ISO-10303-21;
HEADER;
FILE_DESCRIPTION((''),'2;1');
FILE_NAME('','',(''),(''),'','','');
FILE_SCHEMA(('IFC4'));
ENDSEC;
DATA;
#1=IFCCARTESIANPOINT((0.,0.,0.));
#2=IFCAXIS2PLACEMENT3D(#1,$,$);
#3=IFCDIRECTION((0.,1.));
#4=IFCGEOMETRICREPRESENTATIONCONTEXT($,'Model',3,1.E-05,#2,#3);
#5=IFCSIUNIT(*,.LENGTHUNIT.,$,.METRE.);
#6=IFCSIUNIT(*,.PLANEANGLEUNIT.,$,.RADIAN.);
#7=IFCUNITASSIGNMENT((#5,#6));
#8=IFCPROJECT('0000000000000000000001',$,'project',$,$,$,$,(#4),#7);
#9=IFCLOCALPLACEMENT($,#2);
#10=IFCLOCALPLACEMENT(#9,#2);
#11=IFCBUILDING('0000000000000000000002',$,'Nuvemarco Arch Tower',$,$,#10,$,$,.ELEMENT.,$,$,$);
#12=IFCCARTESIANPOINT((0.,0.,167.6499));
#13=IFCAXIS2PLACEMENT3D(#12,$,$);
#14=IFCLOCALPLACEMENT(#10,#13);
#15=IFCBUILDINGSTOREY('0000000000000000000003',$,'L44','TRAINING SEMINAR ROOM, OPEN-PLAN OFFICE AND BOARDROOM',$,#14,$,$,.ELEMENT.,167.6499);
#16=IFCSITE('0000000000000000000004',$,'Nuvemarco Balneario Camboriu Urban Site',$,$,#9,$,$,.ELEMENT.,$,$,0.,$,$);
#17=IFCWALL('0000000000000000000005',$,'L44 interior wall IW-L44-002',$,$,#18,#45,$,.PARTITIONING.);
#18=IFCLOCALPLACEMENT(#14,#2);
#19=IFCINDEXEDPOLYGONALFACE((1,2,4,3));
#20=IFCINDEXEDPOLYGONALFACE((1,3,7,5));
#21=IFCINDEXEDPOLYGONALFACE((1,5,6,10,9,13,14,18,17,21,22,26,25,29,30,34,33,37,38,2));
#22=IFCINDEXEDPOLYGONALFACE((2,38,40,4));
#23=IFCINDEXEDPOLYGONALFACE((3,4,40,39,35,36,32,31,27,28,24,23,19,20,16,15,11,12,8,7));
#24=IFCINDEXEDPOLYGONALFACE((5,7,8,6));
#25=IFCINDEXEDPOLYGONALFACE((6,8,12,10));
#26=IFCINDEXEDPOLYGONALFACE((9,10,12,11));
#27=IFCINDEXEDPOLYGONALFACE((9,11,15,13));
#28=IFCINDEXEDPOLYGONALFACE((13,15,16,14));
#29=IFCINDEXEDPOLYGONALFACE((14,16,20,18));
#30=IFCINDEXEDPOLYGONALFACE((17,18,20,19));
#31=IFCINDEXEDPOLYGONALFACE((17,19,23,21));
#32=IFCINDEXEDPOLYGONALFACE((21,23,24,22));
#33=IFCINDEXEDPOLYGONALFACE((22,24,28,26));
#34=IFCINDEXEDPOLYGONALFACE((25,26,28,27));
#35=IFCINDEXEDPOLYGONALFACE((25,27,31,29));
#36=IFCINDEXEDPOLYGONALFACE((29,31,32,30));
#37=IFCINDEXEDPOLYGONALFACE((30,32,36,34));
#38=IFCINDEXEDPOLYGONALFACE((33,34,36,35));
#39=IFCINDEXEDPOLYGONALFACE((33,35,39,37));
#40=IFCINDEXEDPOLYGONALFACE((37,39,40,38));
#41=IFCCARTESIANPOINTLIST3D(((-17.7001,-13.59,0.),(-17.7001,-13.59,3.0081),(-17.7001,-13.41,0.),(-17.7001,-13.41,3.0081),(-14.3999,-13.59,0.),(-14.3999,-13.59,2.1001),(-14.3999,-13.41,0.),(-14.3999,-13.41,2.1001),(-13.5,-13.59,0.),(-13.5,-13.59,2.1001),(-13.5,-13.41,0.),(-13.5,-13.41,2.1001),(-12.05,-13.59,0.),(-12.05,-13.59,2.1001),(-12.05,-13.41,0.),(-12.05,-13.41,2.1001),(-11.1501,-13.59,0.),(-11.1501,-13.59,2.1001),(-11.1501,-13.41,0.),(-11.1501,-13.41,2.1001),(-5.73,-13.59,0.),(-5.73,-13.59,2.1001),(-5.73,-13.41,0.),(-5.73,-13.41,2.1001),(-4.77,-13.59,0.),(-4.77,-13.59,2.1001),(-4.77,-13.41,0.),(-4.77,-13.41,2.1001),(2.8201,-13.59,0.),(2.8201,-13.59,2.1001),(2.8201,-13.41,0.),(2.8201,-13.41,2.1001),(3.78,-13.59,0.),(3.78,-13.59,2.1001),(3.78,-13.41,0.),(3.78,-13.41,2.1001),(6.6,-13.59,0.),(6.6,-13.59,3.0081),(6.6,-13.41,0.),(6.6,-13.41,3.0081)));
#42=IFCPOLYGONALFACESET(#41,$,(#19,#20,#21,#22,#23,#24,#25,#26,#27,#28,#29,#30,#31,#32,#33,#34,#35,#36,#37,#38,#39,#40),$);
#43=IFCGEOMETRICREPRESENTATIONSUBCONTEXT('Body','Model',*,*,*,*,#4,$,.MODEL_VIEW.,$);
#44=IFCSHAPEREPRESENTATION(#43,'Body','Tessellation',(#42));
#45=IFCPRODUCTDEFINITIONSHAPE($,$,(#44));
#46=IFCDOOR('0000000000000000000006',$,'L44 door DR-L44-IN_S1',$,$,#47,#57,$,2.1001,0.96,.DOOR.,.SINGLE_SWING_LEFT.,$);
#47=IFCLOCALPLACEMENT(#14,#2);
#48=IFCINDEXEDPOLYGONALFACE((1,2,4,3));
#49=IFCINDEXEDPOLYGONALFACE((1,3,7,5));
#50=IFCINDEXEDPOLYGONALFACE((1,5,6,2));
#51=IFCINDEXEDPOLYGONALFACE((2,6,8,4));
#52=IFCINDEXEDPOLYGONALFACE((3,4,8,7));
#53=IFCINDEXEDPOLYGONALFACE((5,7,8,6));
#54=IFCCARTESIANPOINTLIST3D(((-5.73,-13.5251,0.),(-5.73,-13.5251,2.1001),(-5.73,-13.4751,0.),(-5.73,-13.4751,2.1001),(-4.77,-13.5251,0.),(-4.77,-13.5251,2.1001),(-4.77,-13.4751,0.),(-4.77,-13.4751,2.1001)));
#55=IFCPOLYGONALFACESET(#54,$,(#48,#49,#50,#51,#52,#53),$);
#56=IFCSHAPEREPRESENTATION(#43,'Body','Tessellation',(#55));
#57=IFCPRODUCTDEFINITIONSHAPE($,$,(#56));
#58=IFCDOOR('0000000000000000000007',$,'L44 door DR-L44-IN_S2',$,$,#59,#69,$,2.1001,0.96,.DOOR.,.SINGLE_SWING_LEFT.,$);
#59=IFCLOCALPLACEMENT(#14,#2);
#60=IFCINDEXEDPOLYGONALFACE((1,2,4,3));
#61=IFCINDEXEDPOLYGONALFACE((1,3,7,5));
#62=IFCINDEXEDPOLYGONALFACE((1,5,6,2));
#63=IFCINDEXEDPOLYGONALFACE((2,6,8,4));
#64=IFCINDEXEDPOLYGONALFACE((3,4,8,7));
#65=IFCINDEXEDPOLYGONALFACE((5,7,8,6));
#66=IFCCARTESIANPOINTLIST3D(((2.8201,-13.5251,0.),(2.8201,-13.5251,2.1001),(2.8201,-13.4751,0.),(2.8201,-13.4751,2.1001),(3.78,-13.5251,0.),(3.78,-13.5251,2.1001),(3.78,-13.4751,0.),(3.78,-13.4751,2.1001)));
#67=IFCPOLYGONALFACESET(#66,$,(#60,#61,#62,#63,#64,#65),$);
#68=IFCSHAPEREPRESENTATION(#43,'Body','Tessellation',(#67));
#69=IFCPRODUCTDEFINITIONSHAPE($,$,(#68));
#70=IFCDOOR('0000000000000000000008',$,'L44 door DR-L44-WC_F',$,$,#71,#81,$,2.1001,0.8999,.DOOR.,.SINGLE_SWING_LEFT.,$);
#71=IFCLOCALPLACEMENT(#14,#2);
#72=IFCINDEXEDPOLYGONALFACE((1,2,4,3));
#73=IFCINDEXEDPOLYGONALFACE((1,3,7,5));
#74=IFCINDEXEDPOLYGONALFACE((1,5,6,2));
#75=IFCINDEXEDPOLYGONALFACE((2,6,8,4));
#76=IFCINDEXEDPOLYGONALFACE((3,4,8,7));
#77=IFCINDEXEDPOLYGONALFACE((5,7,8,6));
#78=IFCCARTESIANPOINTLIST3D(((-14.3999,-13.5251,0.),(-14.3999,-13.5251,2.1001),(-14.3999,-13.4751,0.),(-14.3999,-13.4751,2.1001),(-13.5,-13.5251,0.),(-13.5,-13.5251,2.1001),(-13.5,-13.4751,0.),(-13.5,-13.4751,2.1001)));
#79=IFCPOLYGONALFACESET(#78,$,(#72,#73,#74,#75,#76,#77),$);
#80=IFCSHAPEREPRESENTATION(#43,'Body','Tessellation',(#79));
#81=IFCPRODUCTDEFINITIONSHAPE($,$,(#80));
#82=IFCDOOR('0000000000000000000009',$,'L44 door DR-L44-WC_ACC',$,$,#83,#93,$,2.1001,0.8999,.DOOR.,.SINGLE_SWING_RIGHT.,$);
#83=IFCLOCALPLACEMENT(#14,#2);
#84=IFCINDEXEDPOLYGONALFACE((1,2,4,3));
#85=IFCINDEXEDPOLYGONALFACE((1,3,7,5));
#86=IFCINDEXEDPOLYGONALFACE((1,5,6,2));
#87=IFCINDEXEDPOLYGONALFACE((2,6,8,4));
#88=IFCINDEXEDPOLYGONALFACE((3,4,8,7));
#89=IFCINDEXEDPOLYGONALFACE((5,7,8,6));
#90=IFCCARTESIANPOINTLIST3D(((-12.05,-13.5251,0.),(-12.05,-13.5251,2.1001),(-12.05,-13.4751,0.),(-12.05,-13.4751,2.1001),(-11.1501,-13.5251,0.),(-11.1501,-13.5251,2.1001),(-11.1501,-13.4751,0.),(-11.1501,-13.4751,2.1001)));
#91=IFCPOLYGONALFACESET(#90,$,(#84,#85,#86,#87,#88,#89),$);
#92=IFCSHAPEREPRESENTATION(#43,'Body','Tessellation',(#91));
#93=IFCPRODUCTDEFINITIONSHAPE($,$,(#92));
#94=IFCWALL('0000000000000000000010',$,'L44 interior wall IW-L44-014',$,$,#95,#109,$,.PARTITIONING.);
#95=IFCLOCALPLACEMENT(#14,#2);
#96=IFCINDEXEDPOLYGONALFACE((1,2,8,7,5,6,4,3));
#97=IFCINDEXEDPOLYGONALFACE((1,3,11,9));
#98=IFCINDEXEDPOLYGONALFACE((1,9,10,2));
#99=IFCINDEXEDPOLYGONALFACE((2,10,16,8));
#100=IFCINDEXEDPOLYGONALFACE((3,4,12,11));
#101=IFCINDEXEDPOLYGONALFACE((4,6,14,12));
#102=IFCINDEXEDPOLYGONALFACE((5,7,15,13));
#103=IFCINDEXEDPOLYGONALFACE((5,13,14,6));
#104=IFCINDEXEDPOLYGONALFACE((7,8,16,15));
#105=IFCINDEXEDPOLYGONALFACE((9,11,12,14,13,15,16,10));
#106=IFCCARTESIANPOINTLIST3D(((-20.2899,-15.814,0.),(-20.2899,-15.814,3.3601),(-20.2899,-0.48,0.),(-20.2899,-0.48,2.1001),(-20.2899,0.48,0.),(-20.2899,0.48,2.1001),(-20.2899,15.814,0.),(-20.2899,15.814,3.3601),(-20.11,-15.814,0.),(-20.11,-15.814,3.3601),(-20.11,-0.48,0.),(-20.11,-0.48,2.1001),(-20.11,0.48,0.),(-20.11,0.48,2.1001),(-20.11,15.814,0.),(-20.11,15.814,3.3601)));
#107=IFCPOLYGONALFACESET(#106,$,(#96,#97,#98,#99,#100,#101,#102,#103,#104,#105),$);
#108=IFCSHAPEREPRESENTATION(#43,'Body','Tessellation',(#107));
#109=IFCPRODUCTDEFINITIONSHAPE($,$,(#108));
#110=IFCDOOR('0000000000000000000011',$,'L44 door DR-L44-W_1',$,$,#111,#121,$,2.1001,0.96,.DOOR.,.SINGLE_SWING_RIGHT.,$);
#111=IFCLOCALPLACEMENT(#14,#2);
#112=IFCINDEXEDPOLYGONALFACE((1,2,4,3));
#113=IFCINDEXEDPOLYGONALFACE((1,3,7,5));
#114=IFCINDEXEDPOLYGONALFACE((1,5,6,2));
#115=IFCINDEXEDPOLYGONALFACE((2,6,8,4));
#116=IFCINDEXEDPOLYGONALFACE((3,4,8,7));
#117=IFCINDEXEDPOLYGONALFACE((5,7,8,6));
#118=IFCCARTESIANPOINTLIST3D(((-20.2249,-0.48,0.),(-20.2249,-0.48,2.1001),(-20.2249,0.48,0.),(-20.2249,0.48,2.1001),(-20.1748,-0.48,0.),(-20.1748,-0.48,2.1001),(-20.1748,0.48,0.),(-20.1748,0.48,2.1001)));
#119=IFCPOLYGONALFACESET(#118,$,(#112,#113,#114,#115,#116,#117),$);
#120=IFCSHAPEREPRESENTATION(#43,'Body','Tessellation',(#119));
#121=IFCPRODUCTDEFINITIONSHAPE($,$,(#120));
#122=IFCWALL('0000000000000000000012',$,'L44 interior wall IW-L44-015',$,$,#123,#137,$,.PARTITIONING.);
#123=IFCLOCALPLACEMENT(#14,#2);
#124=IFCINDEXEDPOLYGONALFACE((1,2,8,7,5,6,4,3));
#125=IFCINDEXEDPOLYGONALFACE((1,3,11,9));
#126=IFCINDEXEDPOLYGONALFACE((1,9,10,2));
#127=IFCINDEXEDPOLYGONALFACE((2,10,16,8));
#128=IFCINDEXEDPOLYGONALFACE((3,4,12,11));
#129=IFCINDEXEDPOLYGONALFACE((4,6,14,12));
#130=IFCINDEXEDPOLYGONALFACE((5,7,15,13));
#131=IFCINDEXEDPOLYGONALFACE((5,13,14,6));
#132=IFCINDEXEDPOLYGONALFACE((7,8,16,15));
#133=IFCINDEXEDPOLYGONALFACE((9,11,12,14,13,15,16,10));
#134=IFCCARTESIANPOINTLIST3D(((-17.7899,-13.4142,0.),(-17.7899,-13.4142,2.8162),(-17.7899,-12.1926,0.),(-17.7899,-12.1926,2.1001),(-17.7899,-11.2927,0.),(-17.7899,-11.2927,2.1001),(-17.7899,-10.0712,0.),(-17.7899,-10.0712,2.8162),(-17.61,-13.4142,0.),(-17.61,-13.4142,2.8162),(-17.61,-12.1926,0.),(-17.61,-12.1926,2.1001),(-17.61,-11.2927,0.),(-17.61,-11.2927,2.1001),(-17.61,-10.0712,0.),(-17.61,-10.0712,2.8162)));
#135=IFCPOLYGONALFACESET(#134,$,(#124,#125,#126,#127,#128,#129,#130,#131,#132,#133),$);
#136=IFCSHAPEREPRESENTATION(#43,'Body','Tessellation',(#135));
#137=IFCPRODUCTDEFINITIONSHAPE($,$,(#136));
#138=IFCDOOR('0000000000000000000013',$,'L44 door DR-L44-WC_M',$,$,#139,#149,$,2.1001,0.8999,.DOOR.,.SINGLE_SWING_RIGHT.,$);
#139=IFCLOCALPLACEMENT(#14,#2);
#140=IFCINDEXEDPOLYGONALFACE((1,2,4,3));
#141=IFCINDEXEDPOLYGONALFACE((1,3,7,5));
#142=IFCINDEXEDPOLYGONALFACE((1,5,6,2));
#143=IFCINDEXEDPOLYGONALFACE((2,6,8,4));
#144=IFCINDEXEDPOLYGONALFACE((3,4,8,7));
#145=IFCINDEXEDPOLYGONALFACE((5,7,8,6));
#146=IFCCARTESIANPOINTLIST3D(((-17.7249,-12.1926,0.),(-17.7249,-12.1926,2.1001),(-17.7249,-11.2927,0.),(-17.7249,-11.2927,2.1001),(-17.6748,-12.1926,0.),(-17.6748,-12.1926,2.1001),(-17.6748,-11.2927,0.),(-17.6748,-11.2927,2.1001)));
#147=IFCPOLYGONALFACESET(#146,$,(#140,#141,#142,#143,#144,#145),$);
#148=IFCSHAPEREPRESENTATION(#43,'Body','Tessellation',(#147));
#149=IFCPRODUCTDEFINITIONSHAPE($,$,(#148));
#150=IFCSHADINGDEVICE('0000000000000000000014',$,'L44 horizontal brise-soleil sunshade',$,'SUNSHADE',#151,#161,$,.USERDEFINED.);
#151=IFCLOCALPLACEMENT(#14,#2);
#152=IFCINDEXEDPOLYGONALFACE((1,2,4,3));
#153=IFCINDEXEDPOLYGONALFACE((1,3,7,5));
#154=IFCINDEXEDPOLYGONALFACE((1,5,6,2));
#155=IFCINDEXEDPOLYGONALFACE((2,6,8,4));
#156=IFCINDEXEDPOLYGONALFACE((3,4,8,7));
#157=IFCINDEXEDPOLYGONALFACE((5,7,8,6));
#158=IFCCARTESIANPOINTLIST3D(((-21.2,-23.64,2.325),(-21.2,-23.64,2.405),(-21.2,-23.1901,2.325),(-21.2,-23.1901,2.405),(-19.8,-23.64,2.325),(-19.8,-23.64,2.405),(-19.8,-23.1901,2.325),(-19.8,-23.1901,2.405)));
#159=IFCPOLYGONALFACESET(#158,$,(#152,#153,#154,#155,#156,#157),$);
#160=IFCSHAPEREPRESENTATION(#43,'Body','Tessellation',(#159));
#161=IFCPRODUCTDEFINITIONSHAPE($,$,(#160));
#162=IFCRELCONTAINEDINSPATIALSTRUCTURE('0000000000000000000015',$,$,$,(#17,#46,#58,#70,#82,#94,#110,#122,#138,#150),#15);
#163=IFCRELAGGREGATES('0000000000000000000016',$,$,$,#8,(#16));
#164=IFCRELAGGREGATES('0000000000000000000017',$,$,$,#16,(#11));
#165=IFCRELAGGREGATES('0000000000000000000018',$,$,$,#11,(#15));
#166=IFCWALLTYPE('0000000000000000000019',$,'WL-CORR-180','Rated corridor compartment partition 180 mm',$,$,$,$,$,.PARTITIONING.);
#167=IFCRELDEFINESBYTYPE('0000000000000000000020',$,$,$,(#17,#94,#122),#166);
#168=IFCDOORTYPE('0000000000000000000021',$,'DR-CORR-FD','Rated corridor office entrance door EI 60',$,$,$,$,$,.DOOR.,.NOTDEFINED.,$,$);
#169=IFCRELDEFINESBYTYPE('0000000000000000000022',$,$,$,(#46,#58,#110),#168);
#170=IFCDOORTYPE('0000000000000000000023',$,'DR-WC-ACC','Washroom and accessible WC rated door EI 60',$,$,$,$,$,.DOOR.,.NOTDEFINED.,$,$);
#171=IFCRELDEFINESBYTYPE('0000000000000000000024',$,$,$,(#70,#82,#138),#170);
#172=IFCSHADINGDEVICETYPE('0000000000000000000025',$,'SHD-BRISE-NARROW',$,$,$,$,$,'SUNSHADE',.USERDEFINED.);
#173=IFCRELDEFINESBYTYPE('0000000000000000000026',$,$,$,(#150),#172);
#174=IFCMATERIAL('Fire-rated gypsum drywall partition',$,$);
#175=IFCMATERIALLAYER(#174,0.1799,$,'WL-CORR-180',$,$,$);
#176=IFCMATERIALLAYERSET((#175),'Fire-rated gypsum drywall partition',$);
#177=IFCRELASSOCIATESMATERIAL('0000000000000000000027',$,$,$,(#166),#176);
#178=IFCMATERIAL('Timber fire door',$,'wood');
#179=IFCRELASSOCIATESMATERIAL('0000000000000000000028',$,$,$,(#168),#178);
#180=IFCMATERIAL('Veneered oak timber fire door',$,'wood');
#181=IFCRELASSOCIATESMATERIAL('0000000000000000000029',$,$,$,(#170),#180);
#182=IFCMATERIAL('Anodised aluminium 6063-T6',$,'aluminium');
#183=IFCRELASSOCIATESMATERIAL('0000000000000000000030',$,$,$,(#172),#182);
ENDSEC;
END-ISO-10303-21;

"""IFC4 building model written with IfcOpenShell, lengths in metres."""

from ifc_helpers import new_model, si_unit, direction, frame, frame_2d, origin, origin_2d, place, context, subcontext, project, spatial, rectangle, extrude, source, transform, mapped, material, layer, layer_set, type_object, type_shapes, element, fill, save


model = new_model("IFC4")

# Units and contexts
model_context = context("Model", 3, precision=1e-05, world=origin(), true_north=direction((0.0, 1.0)))
body_context = subcontext(model_context, "Body", "Model", "MODEL_VIEW")
ifc_project = project(units=[si_unit("LENGTHUNIT", "METRE"), si_unit("PLANEANGLEUNIT", "RADIAN")], contexts=[model_context])

# Site, building, storey
site_placement = place(None, origin())
site = spatial("IfcSite", under=ifc_project, at=site_placement, Name="Nuvemarco Balneario Camboriu Urban Site", CompositionType="ELEMENT", RefElevation=0.0)
building_placement = place(site_placement, origin())
building = spatial("IfcBuilding", under=site, at=building_placement, Name="Nuvemarco Arch Tower", CompositionType="ELEMENT")
storey_placement = place(building_placement, frame((0.0, 0.0, 167.6499)))
storey = spatial("IfcBuildingStorey", under=building, at=storey_placement, Name="L44", Description="TRAINING SEMINAR ROOM, OPEN-PLAN OFFICE AND BOARDROOM", CompositionType="ELEMENT", Elevation=167.6499)

# Wall, openings, doors
ifc_material_1 = material(Name="Fire-rated gypsum drywall partition")
ifc_layer_1 = layer(ifc_material_1, 0.1799, Name="WL-CORR-180")
ifc_layer_set_1 = layer_set([ifc_layer_1], Name="Fire-rated gypsum drywall partition")
wall_type_1 = type_object("IfcWallType", Name="WL-CORR-180", Description="Rated corridor compartment partition 180 mm", PredefinedType="PARTITIONING", material=ifc_layer_set_1)
ifc_material_2 = material(Name="Timber fire door", Category="wood")
door_type_1 = type_object("IfcDoorType", Name="DR-CORR-FD", Description="Rated corridor office entrance door EI 60", OperationType="NOTDEFINED", PredefinedType="DOOR", material=ifc_material_2)
shared_shape_1 = source(origin(), body_context, "Body", "SweptSolid", [
    extrude(rectangle(XDim=0.96, YDim=2.1001, at=frame_2d((0.48, 1.05))), frame((0.0, 0.0249, 0.0), z_axis=(0.0, -1.0, 0.0), x_axis=(1.0, 0.0, 0.0)), (0.0, 0.0, 1.0), 0.05),
])
type_shapes(door_type_1, [shared_shape_1])
wall_1_placement = place(storey_placement, frame((-17.7, -13.5, 0.0), z_axis=(0.0, 0.0, 1.0), x_axis=(1.0, 0.0, 0.0)))
wall_1 = element("IfcWall", 1, at=wall_1_placement, inside=storey, type_object=wall_type_1, Name="L44 interior wall IW-L44-002", PredefinedType="PARTITIONING", context=body_context, shape_type="SweptSolid", body=[
    extrude(rectangle(XDim=24.3, YDim=0.1799, at=frame_2d((12.1499, 0.0))), origin(), (0.0, 0.0, 1.0), 3.0081),
])
opening_1_placement = place(wall_1_placement, frame((11.97, 0.0, 0.0)))
opening_1 = element("IfcOpeningElement", 2, at=opening_1_placement, cuts=wall_1, PredefinedType="OPENING", context=body_context, shape_type="SweptSolid", body=[
    extrude(rectangle(XDim=0.96, YDim=2.1001, at=frame_2d((0.48, 1.05))), frame((0.0, 0.0999, 0.0), z_axis=(0.0, -1.0, 0.0), x_axis=(1.0, 0.0, 0.0)), (0.0, 0.0, 1.0), 0.2),
])
opening_2_placement = place(wall_1_placement, frame((20.52, 0.0, 0.0)))
opening_2 = element("IfcOpeningElement", 3, at=opening_2_placement, cuts=wall_1, PredefinedType="OPENING", context=body_context, shape_type="SweptSolid", body=[
    extrude(rectangle(XDim=0.96, YDim=2.1001, at=frame_2d((0.48, 1.05))), frame((0.0, 0.0999, 0.0), z_axis=(0.0, -1.0, 0.0), x_axis=(1.0, 0.0, 0.0)), (0.0, 0.0, 1.0), 0.2),
])
opening_3_placement = place(wall_1_placement, frame((3.3, 0.0, 0.0)))
opening_3 = element("IfcOpeningElement", 4, at=opening_3_placement, cuts=wall_1, PredefinedType="OPENING", context=body_context, shape_type="SweptSolid", body=[
    extrude(rectangle(XDim=0.8999, YDim=2.1001, at=frame_2d((0.45, 1.05))), frame((0.0, 0.0999, 0.0), z_axis=(0.0, -1.0, 0.0), x_axis=(1.0, 0.0, 0.0)), (0.0, 0.0, 1.0), 0.2),
])
opening_4_placement = place(wall_1_placement, frame((5.6499, 0.0, 0.0)))
opening_4 = element("IfcOpeningElement", 5, at=opening_4_placement, cuts=wall_1, PredefinedType="OPENING", context=body_context, shape_type="SweptSolid", body=[
    extrude(rectangle(XDim=0.8999, YDim=2.1001, at=frame_2d((0.45, 1.05))), frame((0.0, 0.0999, 0.0), z_axis=(0.0, -1.0, 0.0), x_axis=(1.0, 0.0, 0.0)), (0.0, 0.0, 1.0), 0.2),
])
door_1_placement = place(opening_1_placement, origin())
door_1 = element("IfcDoor", 6, at=door_1_placement, inside=storey, type_object=door_type_1, Name="L44 door DR-L44-IN_S1", OperationType="SINGLE_SWING_LEFT", OverallHeight=2.1001, OverallWidth=0.96, PredefinedType="DOOR", context=body_context, shape_type="MappedRepresentation", body=[
    mapped(shared_shape_1, transform((0.0, 0.0, 0.0), scale=1.0)),
])
fill(opening_1, door_1)
door_2_placement = place(opening_2_placement, origin())
door_2 = element("IfcDoor", 7, at=door_2_placement, inside=storey, type_object=door_type_1, Name="L44 door DR-L44-IN_S2", OperationType="SINGLE_SWING_LEFT", OverallHeight=2.1001, OverallWidth=0.96, PredefinedType="DOOR", context=body_context, shape_type="MappedRepresentation", body=[
    mapped(shared_shape_1, transform((0.0, 0.0, 0.0), scale=1.0)),
])
fill(opening_2, door_2)
ifc_material_3 = material(Name="Veneered oak timber fire door", Category="wood")
door_type_2 = type_object("IfcDoorType", Name="DR-WC-ACC", Description="Washroom and accessible WC rated door EI 60", OperationType="NOTDEFINED", PredefinedType="DOOR", material=ifc_material_3)
shared_shape_2 = source(origin(), body_context, "Body", "SweptSolid", [
    extrude(rectangle(XDim=0.8999, YDim=2.1001, at=frame_2d((0.45, 1.05))), frame((0.0, 0.0249, 0.0), z_axis=(0.0, -1.0, 0.0), x_axis=(1.0, 0.0, 0.0)), (0.0, 0.0, 1.0), 0.05),
])
type_shapes(door_type_2, [shared_shape_2])
door_3_placement = place(opening_3_placement, origin())
door_3 = element("IfcDoor", 8, at=door_3_placement, inside=storey, type_object=door_type_2, Name="L44 door DR-L44-WC_F", OperationType="SINGLE_SWING_LEFT", OverallHeight=2.1001, OverallWidth=0.8999, PredefinedType="DOOR", context=body_context, shape_type="MappedRepresentation", body=[
    mapped(shared_shape_2, transform((0.0, 0.0, 0.0), scale=1.0)),
])
fill(opening_3, door_3)
door_4_placement = place(opening_4_placement, origin())
door_4 = element("IfcDoor", 9, at=door_4_placement, inside=storey, type_object=door_type_2, Name="L44 door DR-L44-WC_ACC", OperationType="SINGLE_SWING_RIGHT", OverallHeight=2.1001, OverallWidth=0.8999, PredefinedType="DOOR", context=body_context, shape_type="MappedRepresentation", body=[
    mapped(shared_shape_2, transform((0.0, 0.0, 0.0), scale=1.0)),
])
fill(opening_4, door_4)

# Walls, openings, doors
wall_2_placement = place(storey_placement, frame((-20.2, -15.814, 0.0), z_axis=(0.0, 0.0, 1.0), x_axis=(0.0, 1.0, 0.0)))
wall_2 = element("IfcWall", 10, at=wall_2_placement, inside=storey, type_object=wall_type_1, Name="L44 interior wall IW-L44-014", PredefinedType="PARTITIONING", context=body_context, shape_type="SweptSolid", body=[
    extrude(rectangle(XDim=31.6279, YDim=0.1799, at=frame_2d((15.814, 0.0))), origin(), (0.0, 0.0, 1.0), 3.3601),
])
opening_5_placement = place(wall_2_placement, frame((15.334, 0.0, 0.0)))
opening_5 = element("IfcOpeningElement", 11, at=opening_5_placement, cuts=wall_2, PredefinedType="OPENING", context=body_context, shape_type="SweptSolid", body=[
    extrude(rectangle(XDim=0.96, YDim=2.1001, at=frame_2d((0.48, 1.05))), frame((0.0, 0.0999, 0.0), z_axis=(0.0, -1.0, 0.0), x_axis=(1.0, 0.0, 0.0)), (0.0, 0.0, 1.0), 0.2),
])
door_5_placement = place(opening_5_placement, origin())
door_5 = element("IfcDoor", 12, at=door_5_placement, inside=storey, type_object=door_type_1, Name="L44 door DR-L44-W_1", OperationType="SINGLE_SWING_RIGHT", OverallHeight=2.1001, OverallWidth=0.96, PredefinedType="DOOR", context=body_context, shape_type="MappedRepresentation", body=[
    mapped(shared_shape_1, transform((0.0, 0.0, 0.0), scale=1.0)),
])
fill(opening_5, door_5)
wall_3_placement = place(storey_placement, frame((-17.7, -13.4141, 0.0), z_axis=(0.0, 0.0, 1.0), x_axis=(0.0, 1.0, 0.0)))
wall_3 = element("IfcWall", 13, at=wall_3_placement, inside=storey, type_object=wall_type_1, Name="L44 interior wall IW-L44-015", PredefinedType="PARTITIONING", context=body_context, shape_type="SweptSolid", body=[
    extrude(rectangle(XDim=3.343, YDim=0.1799, at=frame_2d((1.6714, 0.0))), origin(), (0.0, 0.0, 1.0), 2.8162),
])
opening_6_placement = place(wall_3_placement, frame((1.2214, 0.0, 0.0)))
opening_6 = element("IfcOpeningElement", 14, at=opening_6_placement, cuts=wall_3, PredefinedType="OPENING", context=body_context, shape_type="SweptSolid", body=[
    extrude(rectangle(XDim=0.8999, YDim=2.1001, at=frame_2d((0.45, 1.05))), frame((0.0, 0.0999, 0.0), z_axis=(0.0, -1.0, 0.0), x_axis=(1.0, 0.0, 0.0)), (0.0, 0.0, 1.0), 0.2),
])
door_6_placement = place(opening_6_placement, origin())
door_6 = element("IfcDoor", 15, at=door_6_placement, inside=storey, type_object=door_type_2, Name="L44 door DR-L44-WC_M", OperationType="SINGLE_SWING_RIGHT", OverallHeight=2.1001, OverallWidth=0.8999, PredefinedType="DOOR", context=body_context, shape_type="MappedRepresentation", body=[
    mapped(shared_shape_2, transform((0.0, 0.0, 0.0), scale=1.0)),
])
fill(opening_6, door_6)

# Shading device
ifc_material_4 = material(Name="Anodised aluminium 6063-T6", Category="aluminium")
shading_device_type = type_object("IfcShadingDeviceType", Name="SHD-BRISE-NARROW", ElementType="SUNSHADE", PredefinedType="USERDEFINED", material=ifc_material_4)
shared_shape_3 = source(origin(), body_context, "Body", "SweptSolid", [
    extrude(rectangle(XDim=1.3999, YDim=0.45, at=origin_2d()), origin(), (0.0, 0.0, 1.0), 0.0801),
])
type_shapes(shading_device_type, [shared_shape_3])
shading_device_placement = place(storey_placement, frame((-20.5, -23.415, 2.325), z_axis=(0.0, 0.0, 1.0), x_axis=(1.0, 0.0, 0.0)))
element("IfcShadingDevice", 16, at=shading_device_placement, inside=storey, type_object=shading_device_type, Name="L44 horizontal brise-soleil sunshade", ObjectType="SUNSHADE", PredefinedType="USERDEFINED", context=body_context, shape_type="MappedRepresentation", body=[
    mapped(shared_shape_3, transform((0.0, 0.0, 0.0), scale=1.0)),
])

save(model, "model.ifc")
